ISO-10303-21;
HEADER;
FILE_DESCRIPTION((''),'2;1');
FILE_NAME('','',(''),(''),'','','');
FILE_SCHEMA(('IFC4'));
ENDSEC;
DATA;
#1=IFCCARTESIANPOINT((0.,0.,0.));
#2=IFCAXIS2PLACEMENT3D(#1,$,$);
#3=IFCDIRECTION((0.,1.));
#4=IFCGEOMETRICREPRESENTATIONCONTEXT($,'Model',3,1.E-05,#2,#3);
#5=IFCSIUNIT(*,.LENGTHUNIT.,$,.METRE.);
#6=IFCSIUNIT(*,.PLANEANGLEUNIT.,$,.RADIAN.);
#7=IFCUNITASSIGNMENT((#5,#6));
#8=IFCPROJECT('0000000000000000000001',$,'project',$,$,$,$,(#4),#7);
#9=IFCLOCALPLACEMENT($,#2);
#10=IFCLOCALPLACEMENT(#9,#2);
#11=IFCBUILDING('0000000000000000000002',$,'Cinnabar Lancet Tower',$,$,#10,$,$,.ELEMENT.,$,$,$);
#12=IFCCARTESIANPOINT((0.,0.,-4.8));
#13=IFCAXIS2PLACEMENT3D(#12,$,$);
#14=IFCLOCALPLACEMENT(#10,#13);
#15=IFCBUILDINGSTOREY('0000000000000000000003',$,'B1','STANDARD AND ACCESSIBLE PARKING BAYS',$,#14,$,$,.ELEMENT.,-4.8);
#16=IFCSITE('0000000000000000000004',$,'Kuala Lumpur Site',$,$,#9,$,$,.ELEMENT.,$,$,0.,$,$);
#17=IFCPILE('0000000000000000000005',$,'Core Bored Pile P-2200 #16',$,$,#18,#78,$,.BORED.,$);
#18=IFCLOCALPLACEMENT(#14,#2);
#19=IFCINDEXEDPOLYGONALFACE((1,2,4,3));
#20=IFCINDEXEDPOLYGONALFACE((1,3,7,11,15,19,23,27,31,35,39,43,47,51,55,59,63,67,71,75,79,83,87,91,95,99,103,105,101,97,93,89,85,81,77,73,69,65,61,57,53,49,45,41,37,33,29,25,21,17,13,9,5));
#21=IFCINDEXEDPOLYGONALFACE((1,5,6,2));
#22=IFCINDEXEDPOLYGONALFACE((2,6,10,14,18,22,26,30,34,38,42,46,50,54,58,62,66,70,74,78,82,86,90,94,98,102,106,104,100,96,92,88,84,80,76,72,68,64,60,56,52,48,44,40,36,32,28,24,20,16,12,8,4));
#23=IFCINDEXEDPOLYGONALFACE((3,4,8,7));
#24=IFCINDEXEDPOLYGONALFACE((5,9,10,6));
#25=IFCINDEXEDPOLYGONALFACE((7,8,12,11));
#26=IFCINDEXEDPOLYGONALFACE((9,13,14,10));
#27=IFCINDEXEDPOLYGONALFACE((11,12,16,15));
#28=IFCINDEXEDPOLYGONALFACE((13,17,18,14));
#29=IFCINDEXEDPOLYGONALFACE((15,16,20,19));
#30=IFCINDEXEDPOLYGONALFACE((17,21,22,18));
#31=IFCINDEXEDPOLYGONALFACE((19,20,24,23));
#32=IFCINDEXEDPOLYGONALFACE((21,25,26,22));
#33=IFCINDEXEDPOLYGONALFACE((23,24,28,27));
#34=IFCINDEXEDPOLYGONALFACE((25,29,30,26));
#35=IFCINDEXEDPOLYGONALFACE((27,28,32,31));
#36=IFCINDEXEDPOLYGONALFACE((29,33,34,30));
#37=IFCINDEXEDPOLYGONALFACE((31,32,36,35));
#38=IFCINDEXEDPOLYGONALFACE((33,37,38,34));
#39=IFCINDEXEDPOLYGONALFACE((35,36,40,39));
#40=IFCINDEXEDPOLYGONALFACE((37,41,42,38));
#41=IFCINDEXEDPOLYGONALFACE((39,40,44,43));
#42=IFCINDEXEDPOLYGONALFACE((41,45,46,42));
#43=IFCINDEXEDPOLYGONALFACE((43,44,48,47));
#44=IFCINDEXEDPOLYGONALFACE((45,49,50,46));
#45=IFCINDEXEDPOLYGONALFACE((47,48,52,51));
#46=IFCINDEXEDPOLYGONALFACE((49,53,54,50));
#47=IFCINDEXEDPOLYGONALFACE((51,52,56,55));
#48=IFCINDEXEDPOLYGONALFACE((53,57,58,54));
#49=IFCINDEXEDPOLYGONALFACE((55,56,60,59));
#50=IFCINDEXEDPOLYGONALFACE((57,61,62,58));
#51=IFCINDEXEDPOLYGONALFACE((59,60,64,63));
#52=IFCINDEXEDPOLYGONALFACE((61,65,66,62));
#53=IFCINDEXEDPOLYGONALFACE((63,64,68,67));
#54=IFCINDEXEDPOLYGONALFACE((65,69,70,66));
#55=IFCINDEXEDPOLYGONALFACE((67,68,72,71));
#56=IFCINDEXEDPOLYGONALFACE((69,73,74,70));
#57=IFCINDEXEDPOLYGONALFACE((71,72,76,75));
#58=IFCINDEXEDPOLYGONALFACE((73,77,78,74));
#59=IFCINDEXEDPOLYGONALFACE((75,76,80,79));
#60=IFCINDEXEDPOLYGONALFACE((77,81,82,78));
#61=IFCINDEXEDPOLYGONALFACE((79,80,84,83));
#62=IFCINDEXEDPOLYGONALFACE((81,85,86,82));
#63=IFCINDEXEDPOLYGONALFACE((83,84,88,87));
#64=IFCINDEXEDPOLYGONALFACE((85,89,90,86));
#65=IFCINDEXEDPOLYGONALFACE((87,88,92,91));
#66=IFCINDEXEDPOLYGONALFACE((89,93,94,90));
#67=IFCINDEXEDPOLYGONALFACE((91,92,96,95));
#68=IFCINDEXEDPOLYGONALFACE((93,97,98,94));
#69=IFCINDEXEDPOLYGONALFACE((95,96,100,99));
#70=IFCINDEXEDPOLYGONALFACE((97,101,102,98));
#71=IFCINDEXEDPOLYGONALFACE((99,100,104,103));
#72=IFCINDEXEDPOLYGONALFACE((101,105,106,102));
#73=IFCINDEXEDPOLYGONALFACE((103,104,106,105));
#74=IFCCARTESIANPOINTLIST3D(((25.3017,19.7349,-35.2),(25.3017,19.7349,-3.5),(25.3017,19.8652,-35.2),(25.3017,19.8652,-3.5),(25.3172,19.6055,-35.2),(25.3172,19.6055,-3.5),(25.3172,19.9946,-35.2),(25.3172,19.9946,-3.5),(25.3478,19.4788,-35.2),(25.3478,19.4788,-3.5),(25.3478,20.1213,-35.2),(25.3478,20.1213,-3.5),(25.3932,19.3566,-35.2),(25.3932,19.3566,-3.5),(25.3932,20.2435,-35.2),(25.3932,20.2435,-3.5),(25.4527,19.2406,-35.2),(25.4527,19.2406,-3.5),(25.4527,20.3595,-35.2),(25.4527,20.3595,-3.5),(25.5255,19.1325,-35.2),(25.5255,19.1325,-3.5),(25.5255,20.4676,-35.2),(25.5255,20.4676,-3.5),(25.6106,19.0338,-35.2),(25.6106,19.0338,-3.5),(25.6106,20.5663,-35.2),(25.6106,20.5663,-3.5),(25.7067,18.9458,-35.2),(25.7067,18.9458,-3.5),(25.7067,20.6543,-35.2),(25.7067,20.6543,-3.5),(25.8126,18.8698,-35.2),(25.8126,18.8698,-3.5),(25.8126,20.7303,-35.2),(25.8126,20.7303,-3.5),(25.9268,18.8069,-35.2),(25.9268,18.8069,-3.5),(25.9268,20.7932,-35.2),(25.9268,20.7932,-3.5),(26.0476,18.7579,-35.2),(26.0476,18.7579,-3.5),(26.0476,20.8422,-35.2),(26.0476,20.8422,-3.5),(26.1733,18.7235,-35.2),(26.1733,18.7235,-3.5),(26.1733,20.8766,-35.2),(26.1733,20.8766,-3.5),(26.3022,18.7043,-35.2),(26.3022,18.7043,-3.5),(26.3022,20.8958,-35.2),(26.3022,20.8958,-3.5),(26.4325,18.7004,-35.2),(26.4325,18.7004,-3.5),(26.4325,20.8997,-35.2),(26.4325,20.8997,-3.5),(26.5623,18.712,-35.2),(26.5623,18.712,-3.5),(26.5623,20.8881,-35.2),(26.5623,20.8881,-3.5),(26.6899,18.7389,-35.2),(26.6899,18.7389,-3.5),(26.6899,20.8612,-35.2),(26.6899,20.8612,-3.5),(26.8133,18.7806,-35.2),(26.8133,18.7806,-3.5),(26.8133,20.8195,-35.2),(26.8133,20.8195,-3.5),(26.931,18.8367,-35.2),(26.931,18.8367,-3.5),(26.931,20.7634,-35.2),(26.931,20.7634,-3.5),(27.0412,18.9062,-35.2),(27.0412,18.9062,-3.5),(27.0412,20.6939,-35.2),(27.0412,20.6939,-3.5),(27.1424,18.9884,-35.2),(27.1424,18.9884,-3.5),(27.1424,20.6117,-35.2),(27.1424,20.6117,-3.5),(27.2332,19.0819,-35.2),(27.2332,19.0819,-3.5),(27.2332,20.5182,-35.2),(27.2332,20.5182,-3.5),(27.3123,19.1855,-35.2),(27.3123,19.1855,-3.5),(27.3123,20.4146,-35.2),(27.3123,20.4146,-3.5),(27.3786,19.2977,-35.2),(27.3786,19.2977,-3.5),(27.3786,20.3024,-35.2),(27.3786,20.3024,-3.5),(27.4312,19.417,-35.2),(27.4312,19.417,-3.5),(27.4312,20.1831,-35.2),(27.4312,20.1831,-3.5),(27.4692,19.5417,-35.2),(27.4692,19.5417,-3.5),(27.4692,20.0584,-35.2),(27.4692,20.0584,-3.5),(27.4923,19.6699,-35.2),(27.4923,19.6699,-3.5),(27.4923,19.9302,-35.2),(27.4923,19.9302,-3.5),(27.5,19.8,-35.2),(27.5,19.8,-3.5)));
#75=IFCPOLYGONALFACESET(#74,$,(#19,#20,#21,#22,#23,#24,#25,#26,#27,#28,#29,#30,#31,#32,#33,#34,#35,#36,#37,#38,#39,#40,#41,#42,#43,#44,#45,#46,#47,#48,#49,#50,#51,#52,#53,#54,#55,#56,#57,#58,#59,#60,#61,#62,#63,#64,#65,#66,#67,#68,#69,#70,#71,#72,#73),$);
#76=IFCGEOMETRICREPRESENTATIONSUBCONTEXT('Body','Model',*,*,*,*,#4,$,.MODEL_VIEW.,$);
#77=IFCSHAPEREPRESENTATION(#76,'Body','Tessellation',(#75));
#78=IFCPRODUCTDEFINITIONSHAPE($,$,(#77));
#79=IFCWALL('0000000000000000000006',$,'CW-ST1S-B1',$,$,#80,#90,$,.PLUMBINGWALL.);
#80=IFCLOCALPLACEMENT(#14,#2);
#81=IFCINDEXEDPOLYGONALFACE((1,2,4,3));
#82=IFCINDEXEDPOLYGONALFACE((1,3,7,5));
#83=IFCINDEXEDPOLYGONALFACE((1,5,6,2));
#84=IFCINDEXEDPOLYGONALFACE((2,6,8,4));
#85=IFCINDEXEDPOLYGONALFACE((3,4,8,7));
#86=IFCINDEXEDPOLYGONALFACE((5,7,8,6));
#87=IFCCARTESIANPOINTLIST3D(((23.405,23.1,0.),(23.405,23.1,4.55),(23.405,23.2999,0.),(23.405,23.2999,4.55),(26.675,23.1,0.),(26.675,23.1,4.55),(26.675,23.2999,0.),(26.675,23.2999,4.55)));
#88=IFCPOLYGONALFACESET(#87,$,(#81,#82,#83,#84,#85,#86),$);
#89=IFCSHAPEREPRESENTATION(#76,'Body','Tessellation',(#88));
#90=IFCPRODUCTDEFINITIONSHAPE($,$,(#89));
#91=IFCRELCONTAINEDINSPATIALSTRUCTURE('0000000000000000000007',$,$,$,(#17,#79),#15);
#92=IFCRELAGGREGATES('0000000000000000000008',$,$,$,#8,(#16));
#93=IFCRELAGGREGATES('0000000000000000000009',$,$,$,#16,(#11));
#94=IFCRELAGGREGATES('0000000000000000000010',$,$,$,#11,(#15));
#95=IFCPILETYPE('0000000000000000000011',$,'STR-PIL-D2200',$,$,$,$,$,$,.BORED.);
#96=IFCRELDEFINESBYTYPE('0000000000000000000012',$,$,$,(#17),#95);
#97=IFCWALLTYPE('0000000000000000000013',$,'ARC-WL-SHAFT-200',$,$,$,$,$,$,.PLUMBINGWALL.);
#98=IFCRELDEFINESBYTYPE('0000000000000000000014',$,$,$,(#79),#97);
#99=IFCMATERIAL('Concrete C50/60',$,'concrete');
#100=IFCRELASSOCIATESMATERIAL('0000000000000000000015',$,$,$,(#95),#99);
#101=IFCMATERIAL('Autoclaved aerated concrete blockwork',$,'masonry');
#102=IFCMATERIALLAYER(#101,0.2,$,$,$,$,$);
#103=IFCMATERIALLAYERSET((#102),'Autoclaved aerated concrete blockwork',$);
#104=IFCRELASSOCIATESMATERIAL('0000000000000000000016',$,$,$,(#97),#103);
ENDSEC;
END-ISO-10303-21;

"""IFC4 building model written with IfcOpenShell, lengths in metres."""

from ifc_helpers import new_model, si_unit, direction, frame, frame_2d, origin, origin_2d, place, context, subcontext, project, spatial, rectangle, circle, extrude, material, layer, layer_set, material_profile, profile_set, type_object, element, save


model = new_model("IFC4")

# Units and contexts
model_context = context("Model", 3, precision=1e-05, world=origin(), true_north=direction((0.0, 1.0)))
body_context = subcontext(model_context, "Body", "Model", "MODEL_VIEW")
ifc_project = project(units=[si_unit("LENGTHUNIT", "METRE"), si_unit("PLANEANGLEUNIT", "RADIAN")], contexts=[model_context])

# Site, building, storey
site_placement = place(None, origin())
site = spatial("IfcSite", under=ifc_project, at=site_placement, Name="Kuala Lumpur Site", CompositionType="ELEMENT", RefElevation=0.0)
building_placement = place(site_placement, origin())
building = spatial("IfcBuilding", under=site, at=building_placement, Name="Cinnabar Lancet Tower", CompositionType="ELEMENT")
storey_placement = place(building_placement, frame((0.0, 0.0, -4.8)))
storey = spatial("IfcBuildingStorey", under=building, at=storey_placement, Name="B1", Description="STANDARD AND ACCESSIBLE PARKING BAYS", CompositionType="ELEMENT", Elevation=-4.8)

# Pile
ifc_material_1 = material(Name="Concrete C50/60", Category="concrete")
ifc_material_profile = material_profile(ifc_material_1, circle(Radius=1.1001, at=origin_2d()), Name="PILE D2200")
ifc_profile_set = profile_set([ifc_material_profile], Name="Concrete C50/60")
pile_type = type_object("IfcPileType", Name="STR-PIL-D2200", PredefinedType="BORED", material=ifc_profile_set)
pile_placement = place(storey_placement, frame((26.3999, 19.8, -3.5), z_axis=(0.0, 0.0, -1.0), x_axis=(1.0, 0.0, 0.0)))
element("IfcPile", 1, at=pile_placement, inside=storey, type_object=pile_type, Name="Core Bored Pile P-2200 #16", PredefinedType="BORED", context=body_context, shape_type="SweptSolid", body=[
    extrude(circle(Radius=1.1001, at=origin_2d()), origin(), (0.0, 0.0, 1.0), 31.7),
])

# Wall
ifc_material_2 = material(Name="Autoclaved aerated concrete blockwork", Category="masonry")
ifc_layer_1 = layer(ifc_material_2, 0.2)
ifc_layer_set_1 = layer_set([ifc_layer_1], Name="Autoclaved aerated concrete blockwork")
wall_type_1 = type_object("IfcWallType", Name="ARC-WL-SHAFT-200", PredefinedType="PLUMBINGWALL", material=ifc_layer_set_1)
wall_1_placement = place(storey_placement, frame((23.405, 23.2, 0.0), z_axis=(0.0, 0.0, 1.0), x_axis=(1.0, 0.0, 0.0)))
element("IfcWall", 2, at=wall_1_placement, inside=storey, type_object=wall_type_1, Name="CW-ST1S-B1", PredefinedType="PLUMBINGWALL", context=body_context, shape_type="SweptSolid", body=[
    extrude(rectangle(XDim=3.27, YDim=0.2, at=frame_2d((1.635, 0.0))), origin(), (0.0, 0.0, 1.0), 4.55),
])

save(model, "model.ifc")
